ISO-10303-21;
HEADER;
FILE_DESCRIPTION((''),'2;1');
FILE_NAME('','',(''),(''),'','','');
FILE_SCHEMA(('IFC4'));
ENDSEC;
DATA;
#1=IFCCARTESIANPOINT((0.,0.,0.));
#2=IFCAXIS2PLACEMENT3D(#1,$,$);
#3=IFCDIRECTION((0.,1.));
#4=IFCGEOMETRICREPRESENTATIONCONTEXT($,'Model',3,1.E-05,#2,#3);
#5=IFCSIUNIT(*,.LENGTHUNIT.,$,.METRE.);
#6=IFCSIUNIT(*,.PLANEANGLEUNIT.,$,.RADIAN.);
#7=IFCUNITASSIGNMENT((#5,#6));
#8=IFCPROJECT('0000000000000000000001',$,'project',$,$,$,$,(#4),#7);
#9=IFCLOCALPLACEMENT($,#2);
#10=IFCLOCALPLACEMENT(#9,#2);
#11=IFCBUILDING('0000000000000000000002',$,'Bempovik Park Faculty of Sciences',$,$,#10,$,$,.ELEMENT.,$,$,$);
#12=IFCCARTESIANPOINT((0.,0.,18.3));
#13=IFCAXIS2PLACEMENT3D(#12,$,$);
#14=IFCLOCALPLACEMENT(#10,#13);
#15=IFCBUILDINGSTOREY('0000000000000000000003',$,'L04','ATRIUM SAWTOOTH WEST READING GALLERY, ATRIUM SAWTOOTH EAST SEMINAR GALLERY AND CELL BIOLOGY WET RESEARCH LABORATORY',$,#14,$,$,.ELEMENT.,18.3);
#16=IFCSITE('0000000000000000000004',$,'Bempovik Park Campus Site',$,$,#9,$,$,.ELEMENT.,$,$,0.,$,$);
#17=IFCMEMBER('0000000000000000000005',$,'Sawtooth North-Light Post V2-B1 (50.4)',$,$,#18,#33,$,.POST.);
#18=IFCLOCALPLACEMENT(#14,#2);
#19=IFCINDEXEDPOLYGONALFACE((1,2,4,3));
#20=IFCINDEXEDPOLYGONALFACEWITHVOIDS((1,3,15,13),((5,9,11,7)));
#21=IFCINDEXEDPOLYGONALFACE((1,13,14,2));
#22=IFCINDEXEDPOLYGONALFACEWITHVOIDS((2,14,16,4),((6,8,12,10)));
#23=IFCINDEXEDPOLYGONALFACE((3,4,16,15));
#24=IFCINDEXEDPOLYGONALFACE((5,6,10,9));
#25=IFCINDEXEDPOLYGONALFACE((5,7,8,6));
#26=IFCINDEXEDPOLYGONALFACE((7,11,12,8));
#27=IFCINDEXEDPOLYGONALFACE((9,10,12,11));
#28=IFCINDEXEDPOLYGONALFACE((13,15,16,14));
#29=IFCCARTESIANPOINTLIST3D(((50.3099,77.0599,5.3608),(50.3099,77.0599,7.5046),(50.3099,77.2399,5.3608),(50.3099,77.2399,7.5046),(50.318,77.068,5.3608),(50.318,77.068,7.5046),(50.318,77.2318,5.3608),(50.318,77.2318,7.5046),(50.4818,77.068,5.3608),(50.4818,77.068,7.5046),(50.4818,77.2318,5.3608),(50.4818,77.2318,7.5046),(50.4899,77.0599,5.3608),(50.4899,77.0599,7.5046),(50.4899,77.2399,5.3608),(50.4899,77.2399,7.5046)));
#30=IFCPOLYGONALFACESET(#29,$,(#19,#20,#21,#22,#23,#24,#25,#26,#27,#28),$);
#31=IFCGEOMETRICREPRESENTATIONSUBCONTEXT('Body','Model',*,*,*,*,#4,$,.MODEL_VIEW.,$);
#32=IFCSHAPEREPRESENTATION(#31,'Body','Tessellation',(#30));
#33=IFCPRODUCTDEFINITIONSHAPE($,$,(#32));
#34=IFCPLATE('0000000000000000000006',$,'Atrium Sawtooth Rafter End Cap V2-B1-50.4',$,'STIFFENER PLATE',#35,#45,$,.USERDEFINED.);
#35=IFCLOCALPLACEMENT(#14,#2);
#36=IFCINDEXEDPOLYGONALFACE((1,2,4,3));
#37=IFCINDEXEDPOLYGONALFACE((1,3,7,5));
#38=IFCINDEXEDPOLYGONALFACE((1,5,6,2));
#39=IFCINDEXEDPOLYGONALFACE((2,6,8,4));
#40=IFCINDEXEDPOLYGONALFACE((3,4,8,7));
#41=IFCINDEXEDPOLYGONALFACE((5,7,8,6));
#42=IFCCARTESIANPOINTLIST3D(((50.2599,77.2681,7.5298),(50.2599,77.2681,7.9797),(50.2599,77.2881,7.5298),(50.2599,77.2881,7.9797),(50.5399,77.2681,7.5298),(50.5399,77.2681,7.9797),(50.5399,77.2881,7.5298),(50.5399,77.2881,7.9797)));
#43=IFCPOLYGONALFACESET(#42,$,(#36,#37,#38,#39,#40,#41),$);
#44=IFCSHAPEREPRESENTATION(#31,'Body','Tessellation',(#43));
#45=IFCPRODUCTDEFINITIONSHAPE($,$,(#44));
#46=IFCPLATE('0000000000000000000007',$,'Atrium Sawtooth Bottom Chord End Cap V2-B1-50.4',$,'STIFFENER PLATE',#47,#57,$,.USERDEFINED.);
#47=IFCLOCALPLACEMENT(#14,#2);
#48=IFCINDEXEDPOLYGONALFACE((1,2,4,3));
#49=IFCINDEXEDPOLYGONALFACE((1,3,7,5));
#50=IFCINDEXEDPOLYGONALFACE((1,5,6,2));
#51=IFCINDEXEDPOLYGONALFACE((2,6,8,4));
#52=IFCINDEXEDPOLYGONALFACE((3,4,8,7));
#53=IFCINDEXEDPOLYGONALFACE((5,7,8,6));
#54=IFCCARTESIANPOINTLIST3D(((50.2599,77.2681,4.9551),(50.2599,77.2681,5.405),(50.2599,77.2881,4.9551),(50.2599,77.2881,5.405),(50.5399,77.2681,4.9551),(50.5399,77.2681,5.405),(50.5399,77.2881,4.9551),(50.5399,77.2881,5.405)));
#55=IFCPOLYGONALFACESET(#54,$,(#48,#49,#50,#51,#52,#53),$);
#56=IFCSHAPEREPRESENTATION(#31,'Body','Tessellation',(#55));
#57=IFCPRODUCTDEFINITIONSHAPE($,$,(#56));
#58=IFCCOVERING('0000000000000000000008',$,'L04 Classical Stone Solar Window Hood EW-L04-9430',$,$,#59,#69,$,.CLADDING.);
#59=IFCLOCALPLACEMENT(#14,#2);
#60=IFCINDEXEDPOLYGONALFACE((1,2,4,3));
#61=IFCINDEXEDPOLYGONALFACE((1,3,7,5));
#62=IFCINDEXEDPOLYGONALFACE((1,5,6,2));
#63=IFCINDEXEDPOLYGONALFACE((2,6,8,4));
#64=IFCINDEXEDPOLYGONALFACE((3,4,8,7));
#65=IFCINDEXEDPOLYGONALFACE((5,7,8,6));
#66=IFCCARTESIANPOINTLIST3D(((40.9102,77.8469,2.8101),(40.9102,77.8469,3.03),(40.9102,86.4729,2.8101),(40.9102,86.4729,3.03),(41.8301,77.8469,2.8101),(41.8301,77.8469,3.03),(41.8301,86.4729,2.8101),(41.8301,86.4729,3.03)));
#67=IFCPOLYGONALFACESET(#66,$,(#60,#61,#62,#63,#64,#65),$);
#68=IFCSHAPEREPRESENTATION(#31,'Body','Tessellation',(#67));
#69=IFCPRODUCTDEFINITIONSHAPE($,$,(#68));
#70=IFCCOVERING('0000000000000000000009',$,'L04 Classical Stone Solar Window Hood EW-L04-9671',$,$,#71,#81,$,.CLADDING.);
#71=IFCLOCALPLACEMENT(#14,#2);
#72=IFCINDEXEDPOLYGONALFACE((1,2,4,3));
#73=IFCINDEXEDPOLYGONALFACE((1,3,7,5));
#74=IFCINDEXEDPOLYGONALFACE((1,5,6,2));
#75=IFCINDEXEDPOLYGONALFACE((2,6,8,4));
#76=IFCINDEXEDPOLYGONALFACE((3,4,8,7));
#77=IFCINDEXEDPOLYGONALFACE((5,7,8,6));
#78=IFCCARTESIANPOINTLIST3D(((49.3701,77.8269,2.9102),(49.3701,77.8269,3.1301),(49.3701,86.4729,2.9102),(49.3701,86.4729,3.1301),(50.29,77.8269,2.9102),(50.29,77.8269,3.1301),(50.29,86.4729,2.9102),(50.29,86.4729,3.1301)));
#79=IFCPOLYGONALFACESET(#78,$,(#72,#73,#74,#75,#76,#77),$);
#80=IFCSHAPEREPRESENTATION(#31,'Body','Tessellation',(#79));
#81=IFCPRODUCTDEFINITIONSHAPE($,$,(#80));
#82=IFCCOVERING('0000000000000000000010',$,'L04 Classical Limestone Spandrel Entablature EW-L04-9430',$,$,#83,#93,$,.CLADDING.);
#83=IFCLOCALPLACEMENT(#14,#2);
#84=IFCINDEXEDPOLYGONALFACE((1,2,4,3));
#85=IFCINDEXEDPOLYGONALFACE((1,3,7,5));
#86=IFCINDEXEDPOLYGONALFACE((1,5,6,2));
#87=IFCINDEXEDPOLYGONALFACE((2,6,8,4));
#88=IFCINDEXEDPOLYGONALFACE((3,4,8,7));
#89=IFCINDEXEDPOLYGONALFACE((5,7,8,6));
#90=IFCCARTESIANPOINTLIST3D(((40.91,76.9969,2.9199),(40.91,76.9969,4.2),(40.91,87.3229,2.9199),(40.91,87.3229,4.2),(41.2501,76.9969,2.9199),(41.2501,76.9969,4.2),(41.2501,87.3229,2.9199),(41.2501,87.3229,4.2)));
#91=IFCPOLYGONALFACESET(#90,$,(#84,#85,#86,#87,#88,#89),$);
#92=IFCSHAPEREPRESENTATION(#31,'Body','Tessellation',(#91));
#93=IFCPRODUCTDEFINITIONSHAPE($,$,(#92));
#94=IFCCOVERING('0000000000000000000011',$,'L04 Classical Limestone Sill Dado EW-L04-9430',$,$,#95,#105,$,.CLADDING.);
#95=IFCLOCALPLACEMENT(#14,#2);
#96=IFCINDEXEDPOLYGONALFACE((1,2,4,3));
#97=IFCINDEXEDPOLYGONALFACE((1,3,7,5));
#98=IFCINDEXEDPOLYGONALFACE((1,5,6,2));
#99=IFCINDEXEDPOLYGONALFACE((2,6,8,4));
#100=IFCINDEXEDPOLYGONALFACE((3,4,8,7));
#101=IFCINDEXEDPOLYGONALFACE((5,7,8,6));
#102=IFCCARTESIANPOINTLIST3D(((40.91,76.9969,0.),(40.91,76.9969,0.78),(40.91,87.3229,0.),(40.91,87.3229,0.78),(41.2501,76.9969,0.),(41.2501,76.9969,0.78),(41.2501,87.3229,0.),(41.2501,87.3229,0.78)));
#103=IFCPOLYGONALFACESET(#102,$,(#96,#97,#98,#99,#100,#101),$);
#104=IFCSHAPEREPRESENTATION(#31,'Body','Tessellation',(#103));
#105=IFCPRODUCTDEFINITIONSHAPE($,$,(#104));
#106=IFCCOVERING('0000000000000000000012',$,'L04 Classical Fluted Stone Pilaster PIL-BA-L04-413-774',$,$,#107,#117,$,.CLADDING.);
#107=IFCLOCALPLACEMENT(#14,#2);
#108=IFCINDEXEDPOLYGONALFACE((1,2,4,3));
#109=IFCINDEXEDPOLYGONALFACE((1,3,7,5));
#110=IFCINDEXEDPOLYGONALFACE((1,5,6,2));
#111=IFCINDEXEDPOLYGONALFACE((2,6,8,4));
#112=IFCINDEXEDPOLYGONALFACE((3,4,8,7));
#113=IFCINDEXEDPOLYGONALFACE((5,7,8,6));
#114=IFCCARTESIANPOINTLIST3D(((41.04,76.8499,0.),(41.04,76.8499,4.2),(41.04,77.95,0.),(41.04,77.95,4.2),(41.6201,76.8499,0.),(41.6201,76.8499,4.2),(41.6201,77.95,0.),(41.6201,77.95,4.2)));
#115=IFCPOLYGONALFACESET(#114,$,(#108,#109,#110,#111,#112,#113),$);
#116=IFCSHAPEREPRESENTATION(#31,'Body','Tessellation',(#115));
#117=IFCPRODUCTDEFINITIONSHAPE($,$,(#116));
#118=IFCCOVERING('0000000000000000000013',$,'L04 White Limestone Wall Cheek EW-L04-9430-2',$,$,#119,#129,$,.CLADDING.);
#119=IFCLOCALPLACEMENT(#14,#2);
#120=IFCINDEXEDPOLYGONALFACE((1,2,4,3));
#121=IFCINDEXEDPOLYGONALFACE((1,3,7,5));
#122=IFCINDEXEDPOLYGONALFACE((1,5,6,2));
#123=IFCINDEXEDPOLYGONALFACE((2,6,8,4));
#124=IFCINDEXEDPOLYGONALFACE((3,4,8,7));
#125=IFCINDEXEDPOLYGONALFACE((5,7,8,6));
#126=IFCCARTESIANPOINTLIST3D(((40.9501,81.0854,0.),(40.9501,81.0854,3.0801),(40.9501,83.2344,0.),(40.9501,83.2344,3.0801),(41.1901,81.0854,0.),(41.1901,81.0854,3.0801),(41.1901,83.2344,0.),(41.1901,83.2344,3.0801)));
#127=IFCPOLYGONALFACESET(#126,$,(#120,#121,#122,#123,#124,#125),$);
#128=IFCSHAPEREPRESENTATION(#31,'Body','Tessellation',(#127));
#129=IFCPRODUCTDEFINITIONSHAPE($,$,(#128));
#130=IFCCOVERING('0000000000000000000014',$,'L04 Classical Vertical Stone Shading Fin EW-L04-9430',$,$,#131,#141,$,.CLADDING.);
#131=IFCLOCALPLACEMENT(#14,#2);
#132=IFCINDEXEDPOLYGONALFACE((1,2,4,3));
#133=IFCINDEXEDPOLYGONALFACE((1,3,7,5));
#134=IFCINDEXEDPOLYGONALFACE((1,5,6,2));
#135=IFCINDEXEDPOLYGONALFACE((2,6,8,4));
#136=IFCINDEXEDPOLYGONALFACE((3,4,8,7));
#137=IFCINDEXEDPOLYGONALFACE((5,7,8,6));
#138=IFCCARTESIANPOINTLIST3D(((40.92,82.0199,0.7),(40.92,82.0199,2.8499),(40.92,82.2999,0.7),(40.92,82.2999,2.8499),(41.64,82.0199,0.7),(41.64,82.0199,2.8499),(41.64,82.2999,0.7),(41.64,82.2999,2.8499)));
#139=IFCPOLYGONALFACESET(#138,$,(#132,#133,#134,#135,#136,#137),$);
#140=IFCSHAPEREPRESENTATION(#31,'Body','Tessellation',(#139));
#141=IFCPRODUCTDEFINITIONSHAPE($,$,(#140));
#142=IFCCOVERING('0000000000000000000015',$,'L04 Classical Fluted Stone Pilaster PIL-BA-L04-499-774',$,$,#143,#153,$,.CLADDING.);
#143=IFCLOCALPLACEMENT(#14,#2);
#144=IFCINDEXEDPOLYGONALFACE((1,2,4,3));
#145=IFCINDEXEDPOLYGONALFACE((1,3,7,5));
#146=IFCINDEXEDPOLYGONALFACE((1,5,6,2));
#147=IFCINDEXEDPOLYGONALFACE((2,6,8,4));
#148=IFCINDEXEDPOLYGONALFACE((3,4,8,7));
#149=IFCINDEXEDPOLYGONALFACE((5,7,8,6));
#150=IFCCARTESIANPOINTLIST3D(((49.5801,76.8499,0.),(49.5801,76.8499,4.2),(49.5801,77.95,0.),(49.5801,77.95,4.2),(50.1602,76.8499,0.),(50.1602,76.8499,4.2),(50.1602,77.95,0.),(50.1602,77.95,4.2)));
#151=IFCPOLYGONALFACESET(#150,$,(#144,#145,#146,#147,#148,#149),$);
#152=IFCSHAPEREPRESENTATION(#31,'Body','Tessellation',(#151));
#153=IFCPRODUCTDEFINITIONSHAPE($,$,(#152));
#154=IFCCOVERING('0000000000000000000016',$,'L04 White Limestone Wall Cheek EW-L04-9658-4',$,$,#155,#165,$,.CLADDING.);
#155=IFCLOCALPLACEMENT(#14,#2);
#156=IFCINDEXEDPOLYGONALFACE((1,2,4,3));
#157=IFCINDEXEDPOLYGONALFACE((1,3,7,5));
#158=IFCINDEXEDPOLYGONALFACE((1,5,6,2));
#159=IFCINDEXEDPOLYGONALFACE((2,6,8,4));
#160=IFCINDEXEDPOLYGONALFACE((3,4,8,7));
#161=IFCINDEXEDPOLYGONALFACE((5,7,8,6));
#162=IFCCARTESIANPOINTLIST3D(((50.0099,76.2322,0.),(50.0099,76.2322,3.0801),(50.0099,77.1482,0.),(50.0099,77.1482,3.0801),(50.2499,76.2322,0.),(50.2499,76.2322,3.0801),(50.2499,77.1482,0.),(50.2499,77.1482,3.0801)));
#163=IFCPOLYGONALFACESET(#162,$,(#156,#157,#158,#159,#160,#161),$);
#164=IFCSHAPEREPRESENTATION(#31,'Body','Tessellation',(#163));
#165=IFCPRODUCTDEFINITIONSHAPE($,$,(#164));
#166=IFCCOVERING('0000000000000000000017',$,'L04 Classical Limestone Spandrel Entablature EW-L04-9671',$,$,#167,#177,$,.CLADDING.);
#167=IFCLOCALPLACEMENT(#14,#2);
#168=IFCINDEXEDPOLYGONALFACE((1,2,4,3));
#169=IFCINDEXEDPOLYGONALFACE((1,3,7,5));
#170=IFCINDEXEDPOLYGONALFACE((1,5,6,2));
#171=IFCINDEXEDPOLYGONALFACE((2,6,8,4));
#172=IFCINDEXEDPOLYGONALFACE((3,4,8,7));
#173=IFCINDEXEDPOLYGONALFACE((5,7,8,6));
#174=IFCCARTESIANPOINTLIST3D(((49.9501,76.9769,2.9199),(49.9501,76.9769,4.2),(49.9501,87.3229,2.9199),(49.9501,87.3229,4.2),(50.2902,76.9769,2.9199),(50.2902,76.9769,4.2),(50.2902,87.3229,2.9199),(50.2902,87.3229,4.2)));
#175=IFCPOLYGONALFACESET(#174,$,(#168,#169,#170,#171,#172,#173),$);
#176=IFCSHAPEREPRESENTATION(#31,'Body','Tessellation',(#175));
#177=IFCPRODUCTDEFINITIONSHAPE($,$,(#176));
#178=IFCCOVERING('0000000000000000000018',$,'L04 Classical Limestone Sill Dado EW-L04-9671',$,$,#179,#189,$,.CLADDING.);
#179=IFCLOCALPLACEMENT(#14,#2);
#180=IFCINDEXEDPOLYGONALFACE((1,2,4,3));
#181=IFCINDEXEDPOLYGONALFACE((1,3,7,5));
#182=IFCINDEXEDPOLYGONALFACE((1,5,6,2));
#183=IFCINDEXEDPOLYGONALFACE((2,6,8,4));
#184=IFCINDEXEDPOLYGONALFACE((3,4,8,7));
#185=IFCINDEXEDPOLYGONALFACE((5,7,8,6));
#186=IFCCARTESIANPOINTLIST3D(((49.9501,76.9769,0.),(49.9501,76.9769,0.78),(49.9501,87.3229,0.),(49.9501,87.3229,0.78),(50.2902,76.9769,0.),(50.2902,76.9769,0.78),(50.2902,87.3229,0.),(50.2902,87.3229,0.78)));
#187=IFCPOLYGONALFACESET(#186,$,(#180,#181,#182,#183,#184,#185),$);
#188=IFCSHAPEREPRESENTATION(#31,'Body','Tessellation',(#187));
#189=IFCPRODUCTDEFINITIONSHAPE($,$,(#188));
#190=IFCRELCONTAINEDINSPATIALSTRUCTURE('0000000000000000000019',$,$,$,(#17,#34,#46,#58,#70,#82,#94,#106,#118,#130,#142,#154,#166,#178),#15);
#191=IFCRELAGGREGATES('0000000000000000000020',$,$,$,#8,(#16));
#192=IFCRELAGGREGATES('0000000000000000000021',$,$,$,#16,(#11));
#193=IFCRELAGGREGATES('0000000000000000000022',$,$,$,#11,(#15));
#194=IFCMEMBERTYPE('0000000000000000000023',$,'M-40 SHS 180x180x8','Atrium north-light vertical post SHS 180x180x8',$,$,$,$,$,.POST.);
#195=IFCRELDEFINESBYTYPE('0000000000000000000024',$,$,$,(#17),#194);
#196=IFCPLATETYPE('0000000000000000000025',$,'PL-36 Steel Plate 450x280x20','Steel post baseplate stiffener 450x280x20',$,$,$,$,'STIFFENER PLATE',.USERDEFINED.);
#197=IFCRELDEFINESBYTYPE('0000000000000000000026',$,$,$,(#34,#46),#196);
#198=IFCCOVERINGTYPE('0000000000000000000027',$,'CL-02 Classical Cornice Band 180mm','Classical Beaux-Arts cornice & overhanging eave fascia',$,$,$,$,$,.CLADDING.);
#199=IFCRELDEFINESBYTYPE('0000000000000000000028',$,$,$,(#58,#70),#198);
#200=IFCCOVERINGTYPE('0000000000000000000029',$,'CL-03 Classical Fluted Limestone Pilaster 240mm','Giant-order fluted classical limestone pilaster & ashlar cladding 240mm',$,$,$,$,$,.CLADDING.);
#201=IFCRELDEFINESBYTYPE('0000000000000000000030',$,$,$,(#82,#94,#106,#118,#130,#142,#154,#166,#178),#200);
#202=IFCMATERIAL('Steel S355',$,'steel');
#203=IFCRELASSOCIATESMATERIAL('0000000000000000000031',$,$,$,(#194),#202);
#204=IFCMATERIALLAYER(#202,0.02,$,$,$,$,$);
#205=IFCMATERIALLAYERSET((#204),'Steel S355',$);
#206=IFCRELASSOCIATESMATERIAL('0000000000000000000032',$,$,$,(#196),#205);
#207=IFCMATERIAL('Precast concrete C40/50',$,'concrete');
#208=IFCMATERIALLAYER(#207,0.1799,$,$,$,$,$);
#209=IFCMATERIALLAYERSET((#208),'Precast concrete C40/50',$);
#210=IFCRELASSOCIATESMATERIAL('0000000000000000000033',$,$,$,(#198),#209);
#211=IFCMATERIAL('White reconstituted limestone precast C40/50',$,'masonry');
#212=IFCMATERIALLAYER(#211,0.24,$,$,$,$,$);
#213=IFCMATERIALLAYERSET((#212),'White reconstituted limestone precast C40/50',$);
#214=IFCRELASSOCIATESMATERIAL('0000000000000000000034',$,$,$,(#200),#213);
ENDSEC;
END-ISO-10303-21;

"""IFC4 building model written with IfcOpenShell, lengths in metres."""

from ifc_helpers import new_model, si_unit, direction, frame, origin, origin_2d, place, context, subcontext, project, spatial, rectangle, hollow_rectangle, extrude, material, layer, layer_set, material_profile, profile_set, type_object, element, save


model = new_model("IFC4")

# Units and contexts
model_context = context("Model", 3, precision=1e-05, world=origin(), true_north=direction((0.0, 1.0)))
body_context = subcontext(model_context, "Body", "Model", "MODEL_VIEW")
ifc_project = project(units=[si_unit("LENGTHUNIT", "METRE"), si_unit("PLANEANGLEUNIT", "RADIAN")], contexts=[model_context])

# Site, building, storey
site_placement = place(None, origin())
site = spatial("IfcSite", under=ifc_project, at=site_placement, Name="Bempovik Park Campus Site", CompositionType="ELEMENT", RefElevation=0.0)
building_placement = place(site_placement, origin())
building = spatial("IfcBuilding", under=site, at=building_placement, Name="Bempovik Park Faculty of Sciences", CompositionType="ELEMENT")
storey_placement = place(building_placement, frame((0.0, 0.0, 18.3)))
storey = spatial("IfcBuildingStorey", under=building, at=storey_placement, Name="L04", Description="ATRIUM SAWTOOTH WEST READING GALLERY, ATRIUM SAWTOOTH EAST SEMINAR GALLERY AND CELL BIOLOGY WET RESEARCH LABORATORY", CompositionType="ELEMENT", Elevation=18.3)

# Member
ifc_material_1 = material(Name="Steel S355", Category="steel")
ifc_material_profile = material_profile(ifc_material_1, hollow_rectangle(XDim=0.1799, YDim=0.1799, WallThickness=0.0081, at=origin_2d()), Name="SHS 180x180x8")
ifc_profile_set = profile_set([ifc_material_profile], Name="Steel S355")
member_type = type_object("IfcMemberType", Name="M-40 SHS 180x180x8", Description="Atrium north-light vertical post SHS 180x180x8", PredefinedType="POST", material=ifc_profile_set)
member_placement = place(storey_placement, frame((50.3999, 77.1499, 5.3608), z_axis=(0.0, 0.0, 1.0), x_axis=(1.0, 0.0, 0.0)))
element("IfcMember", 1, at=member_placement, inside=storey, type_object=member_type, Name="Sawtooth North-Light Post V2-B1 (50.4)", PredefinedType="POST", context=body_context, shape_type="SweptSolid", body=[
    extrude(hollow_rectangle(XDim=0.1799, YDim=0.1799, WallThickness=0.0081, at=origin_2d()), origin(), (0.0, 0.0, 1.0), 2.1438),
])

# Plates
ifc_layer_1 = layer(ifc_material_1, 0.02)
ifc_layer_set_1 = layer_set([ifc_layer_1], Name="Steel S355")
plate_type = type_object("IfcPlateType", Name="PL-36 Steel Plate 450x280x20", Description="Steel post baseplate stiffener 450x280x20", ElementType="STIFFENER PLATE", PredefinedType="USERDEFINED", material=ifc_layer_set_1)
for number, where, z_axis, x_axis, name in (
    (2, (50.3999, 77.2781, 7.5298), (0.0, 0.0, 1.0), (1.0, 0.0, 0.0), "Atrium Sawtooth Rafter End Cap V2-B1-50.4"),
    (3, (50.3999, 77.2781, 4.9551), (0.0, 0.0, 1.0), (1.0, 0.0, 0.0), "Atrium Sawtooth Bottom Chord End Cap V2-B1-50.4"),
):
    element("IfcPlate", number, at=place(storey_placement, frame(where, z_axis=z_axis, x_axis=x_axis)), inside=storey, type_object=plate_type, Name=name, ObjectType="STIFFENER PLATE", PredefinedType="USERDEFINED", context=body_context, shape_type="SweptSolid", body=[
        extrude(rectangle(XDim=0.28, YDim=0.02, at=origin_2d()), origin(), (0.0, 0.0, 1.0), 0.45),
    ])

# Coverings
ifc_material_2 = material(Name="Precast concrete C40/50", Category="concrete")
ifc_layer_2 = layer(ifc_material_2, 0.1799)
ifc_layer_set_2 = layer_set([ifc_layer_2], Name="Precast concrete C40/50")
covering_type_1 = type_object("IfcCoveringType", Name="CL-02 Classical Cornice Band 180mm", Description="Classical Beaux-Arts cornice & overhanging eave fascia", PredefinedType="CLADDING", material=ifc_layer_set_2)
covering_1_placement = place(storey_placement, frame((41.3701, 82.1599, 2.8101), z_axis=(0.0, 0.0, 1.0), x_axis=(1.0, 0.0, 0.0)))
element("IfcCovering", 4, at=covering_1_placement, inside=storey, type_object=covering_type_1, Name="L04 Classical Stone Solar Window Hood EW-L04-9430", PredefinedType="CLADDING", context=body_context, shape_type="SweptSolid", body=[
    extrude(rectangle(XDim=0.9199, YDim=8.626, at=origin_2d()), origin(), (0.0, 0.0, 1.0), 0.22),
])
covering_2_placement = place(storey_placement, frame((49.8301, 82.1499, 2.9102), z_axis=(0.0, 0.0, 1.0), x_axis=(1.0, 0.0, 0.0)))
element("IfcCovering", 5, at=covering_2_placement, inside=storey, type_object=covering_type_1, Name="L04 Classical Stone Solar Window Hood EW-L04-9671", PredefinedType="CLADDING", context=body_context, shape_type="SweptSolid", body=[
    extrude(rectangle(XDim=0.9199, YDim=8.646, at=origin_2d()), origin(), (0.0, 0.0, 1.0), 0.22),
])
ifc_material_3 = material(Name="White reconstituted limestone precast C40/50", Category="masonry")
ifc_layer_3 = layer(ifc_material_3, 0.24)
ifc_layer_set_3 = layer_set([ifc_layer_3], Name="White reconstituted limestone precast C40/50")
covering_type_2 = type_object("IfcCoveringType", Name="CL-03 Classical Fluted Limestone Pilaster 240mm", Description="Giant-order fluted classical limestone pilaster & ashlar cladding 240mm", PredefinedType="CLADDING", material=ifc_layer_set_3)
covering_3_placement = place(storey_placement, frame((41.0801, 82.1599, 2.9199), z_axis=(0.0, 0.0, 1.0), x_axis=(1.0, 0.0, 0.0)))
element("IfcCovering", 6, at=covering_3_placement, inside=storey, type_object=covering_type_2, Name="L04 Classical Limestone Spandrel Entablature EW-L04-9430", PredefinedType="CLADDING", context=body_context, shape_type="SweptSolid", body=[
    extrude(rectangle(XDim=0.3401, YDim=10.3259, at=origin_2d()), origin(), (0.0, 0.0, 1.0), 1.28),
])
covering_4_placement = place(storey_placement, frame((41.0801, 82.1599, 0.0), z_axis=(0.0, 0.0, 1.0), x_axis=(1.0, 0.0, 0.0)))
element("IfcCovering", 7, at=covering_4_placement, inside=storey, type_object=covering_type_2, Name="L04 Classical Limestone Sill Dado EW-L04-9430", PredefinedType="CLADDING", context=body_context, shape_type="SweptSolid", body=[
    extrude(rectangle(XDim=0.3401, YDim=10.3259, at=origin_2d()), origin(), (0.0, 0.0, 1.0), 0.78),
])
covering_5_placement = place(storey_placement, frame((41.3301, 77.3999, 0.0), z_axis=(0.0, 0.0, 1.0), x_axis=(1.0, 0.0, 0.0)))
element("IfcCovering", 8, at=covering_5_placement, inside=storey, type_object=covering_type_2, Name="L04 Classical Fluted Stone Pilaster PIL-BA-L04-413-774", PredefinedType="CLADDING", context=body_context, shape_type="SweptSolid", body=[
    extrude(rectangle(XDim=0.5801, YDim=1.1001, at=origin_2d()), origin(), (0.0, 0.0, 1.0), 4.2),
])
covering_6_placement = place(storey_placement, frame((41.0701, 82.1599, 0.0), z_axis=(0.0, 0.0, 1.0), x_axis=(1.0, 0.0, 0.0)))
element("IfcCovering", 9, at=covering_6_placement, inside=storey, type_object=covering_type_2, Name="L04 White Limestone Wall Cheek EW-L04-9430-2", PredefinedType="CLADDING", context=body_context, shape_type="SweptSolid", body=[
    extrude(rectangle(XDim=0.24, YDim=2.1489, at=origin_2d()), origin(), (0.0, 0.0, 1.0), 3.0801),
])
covering_7_placement = place(storey_placement, frame((41.28, 82.1599, 0.7), z_axis=(0.0, 0.0, 1.0), x_axis=(1.0, 0.0, 0.0)))
element("IfcCovering", 10, at=covering_7_placement, inside=storey, type_object=covering_type_2, Name="L04 Classical Vertical Stone Shading Fin EW-L04-9430", PredefinedType="CLADDING", context=body_context, shape_type="SweptSolid", body=[
    extrude(rectangle(XDim=0.72, YDim=0.28, at=origin_2d()), origin(), (0.0, 0.0, 1.0), 2.1499),
])
covering_8_placement = place(storey_placement, frame((49.8701, 77.3999, 0.0), z_axis=(0.0, 0.0, 1.0), x_axis=(1.0, 0.0, 0.0)))
element("IfcCovering", 11, at=covering_8_placement, inside=storey, type_object=covering_type_2, Name="L04 Classical Fluted Stone Pilaster PIL-BA-L04-499-774", PredefinedType="CLADDING", context=body_context, shape_type="SweptSolid", body=[
    extrude(rectangle(XDim=0.5801, YDim=1.1001, at=origin_2d()), origin(), (0.0, 0.0, 1.0), 4.2),
])
covering_9_placement = place(storey_placement, frame((50.1299, 76.6902, 0.0), z_axis=(0.0, 0.0, 1.0), x_axis=(1.0, 0.0, 0.0)))
element("IfcCovering", 12, at=covering_9_placement, inside=storey, type_object=covering_type_2, Name="L04 White Limestone Wall Cheek EW-L04-9658-4", PredefinedType="CLADDING", context=body_context, shape_type="SweptSolid", body=[
    extrude(rectangle(XDim=0.24, YDim=0.916, at=origin_2d()), origin(), (0.0, 0.0, 1.0), 3.0801),
])
covering_10_placement = place(storey_placement, frame((50.1201, 82.1499, 2.9199), z_axis=(0.0, 0.0, 1.0), x_axis=(1.0, 0.0, 0.0)))
element("IfcCovering", 13, at=covering_10_placement, inside=storey, type_object=covering_type_2, Name="L04 Classical Limestone Spandrel Entablature EW-L04-9671", PredefinedType="CLADDING", context=body_context, shape_type="SweptSolid", body=[
    extrude(rectangle(XDim=0.3401, YDim=10.3459, at=origin_2d()), origin(), (0.0, 0.0, 1.0), 1.28),
])
covering_11_placement = place(storey_placement, frame((50.1201, 82.1499, 0.0), z_axis=(0.0, 0.0, 1.0), x_axis=(1.0, 0.0, 0.0)))
element("IfcCovering", 14, at=covering_11_placement, inside=storey, type_object=covering_type_2, Name="L04 Classical Limestone Sill Dado EW-L04-9671", PredefinedType="CLADDING", context=body_context, shape_type="SweptSolid", body=[
    extrude(rectangle(XDim=0.3401, YDim=10.3459, at=origin_2d()), origin(), (0.0, 0.0, 1.0), 0.78),
])

save(model, "model.ifc")
